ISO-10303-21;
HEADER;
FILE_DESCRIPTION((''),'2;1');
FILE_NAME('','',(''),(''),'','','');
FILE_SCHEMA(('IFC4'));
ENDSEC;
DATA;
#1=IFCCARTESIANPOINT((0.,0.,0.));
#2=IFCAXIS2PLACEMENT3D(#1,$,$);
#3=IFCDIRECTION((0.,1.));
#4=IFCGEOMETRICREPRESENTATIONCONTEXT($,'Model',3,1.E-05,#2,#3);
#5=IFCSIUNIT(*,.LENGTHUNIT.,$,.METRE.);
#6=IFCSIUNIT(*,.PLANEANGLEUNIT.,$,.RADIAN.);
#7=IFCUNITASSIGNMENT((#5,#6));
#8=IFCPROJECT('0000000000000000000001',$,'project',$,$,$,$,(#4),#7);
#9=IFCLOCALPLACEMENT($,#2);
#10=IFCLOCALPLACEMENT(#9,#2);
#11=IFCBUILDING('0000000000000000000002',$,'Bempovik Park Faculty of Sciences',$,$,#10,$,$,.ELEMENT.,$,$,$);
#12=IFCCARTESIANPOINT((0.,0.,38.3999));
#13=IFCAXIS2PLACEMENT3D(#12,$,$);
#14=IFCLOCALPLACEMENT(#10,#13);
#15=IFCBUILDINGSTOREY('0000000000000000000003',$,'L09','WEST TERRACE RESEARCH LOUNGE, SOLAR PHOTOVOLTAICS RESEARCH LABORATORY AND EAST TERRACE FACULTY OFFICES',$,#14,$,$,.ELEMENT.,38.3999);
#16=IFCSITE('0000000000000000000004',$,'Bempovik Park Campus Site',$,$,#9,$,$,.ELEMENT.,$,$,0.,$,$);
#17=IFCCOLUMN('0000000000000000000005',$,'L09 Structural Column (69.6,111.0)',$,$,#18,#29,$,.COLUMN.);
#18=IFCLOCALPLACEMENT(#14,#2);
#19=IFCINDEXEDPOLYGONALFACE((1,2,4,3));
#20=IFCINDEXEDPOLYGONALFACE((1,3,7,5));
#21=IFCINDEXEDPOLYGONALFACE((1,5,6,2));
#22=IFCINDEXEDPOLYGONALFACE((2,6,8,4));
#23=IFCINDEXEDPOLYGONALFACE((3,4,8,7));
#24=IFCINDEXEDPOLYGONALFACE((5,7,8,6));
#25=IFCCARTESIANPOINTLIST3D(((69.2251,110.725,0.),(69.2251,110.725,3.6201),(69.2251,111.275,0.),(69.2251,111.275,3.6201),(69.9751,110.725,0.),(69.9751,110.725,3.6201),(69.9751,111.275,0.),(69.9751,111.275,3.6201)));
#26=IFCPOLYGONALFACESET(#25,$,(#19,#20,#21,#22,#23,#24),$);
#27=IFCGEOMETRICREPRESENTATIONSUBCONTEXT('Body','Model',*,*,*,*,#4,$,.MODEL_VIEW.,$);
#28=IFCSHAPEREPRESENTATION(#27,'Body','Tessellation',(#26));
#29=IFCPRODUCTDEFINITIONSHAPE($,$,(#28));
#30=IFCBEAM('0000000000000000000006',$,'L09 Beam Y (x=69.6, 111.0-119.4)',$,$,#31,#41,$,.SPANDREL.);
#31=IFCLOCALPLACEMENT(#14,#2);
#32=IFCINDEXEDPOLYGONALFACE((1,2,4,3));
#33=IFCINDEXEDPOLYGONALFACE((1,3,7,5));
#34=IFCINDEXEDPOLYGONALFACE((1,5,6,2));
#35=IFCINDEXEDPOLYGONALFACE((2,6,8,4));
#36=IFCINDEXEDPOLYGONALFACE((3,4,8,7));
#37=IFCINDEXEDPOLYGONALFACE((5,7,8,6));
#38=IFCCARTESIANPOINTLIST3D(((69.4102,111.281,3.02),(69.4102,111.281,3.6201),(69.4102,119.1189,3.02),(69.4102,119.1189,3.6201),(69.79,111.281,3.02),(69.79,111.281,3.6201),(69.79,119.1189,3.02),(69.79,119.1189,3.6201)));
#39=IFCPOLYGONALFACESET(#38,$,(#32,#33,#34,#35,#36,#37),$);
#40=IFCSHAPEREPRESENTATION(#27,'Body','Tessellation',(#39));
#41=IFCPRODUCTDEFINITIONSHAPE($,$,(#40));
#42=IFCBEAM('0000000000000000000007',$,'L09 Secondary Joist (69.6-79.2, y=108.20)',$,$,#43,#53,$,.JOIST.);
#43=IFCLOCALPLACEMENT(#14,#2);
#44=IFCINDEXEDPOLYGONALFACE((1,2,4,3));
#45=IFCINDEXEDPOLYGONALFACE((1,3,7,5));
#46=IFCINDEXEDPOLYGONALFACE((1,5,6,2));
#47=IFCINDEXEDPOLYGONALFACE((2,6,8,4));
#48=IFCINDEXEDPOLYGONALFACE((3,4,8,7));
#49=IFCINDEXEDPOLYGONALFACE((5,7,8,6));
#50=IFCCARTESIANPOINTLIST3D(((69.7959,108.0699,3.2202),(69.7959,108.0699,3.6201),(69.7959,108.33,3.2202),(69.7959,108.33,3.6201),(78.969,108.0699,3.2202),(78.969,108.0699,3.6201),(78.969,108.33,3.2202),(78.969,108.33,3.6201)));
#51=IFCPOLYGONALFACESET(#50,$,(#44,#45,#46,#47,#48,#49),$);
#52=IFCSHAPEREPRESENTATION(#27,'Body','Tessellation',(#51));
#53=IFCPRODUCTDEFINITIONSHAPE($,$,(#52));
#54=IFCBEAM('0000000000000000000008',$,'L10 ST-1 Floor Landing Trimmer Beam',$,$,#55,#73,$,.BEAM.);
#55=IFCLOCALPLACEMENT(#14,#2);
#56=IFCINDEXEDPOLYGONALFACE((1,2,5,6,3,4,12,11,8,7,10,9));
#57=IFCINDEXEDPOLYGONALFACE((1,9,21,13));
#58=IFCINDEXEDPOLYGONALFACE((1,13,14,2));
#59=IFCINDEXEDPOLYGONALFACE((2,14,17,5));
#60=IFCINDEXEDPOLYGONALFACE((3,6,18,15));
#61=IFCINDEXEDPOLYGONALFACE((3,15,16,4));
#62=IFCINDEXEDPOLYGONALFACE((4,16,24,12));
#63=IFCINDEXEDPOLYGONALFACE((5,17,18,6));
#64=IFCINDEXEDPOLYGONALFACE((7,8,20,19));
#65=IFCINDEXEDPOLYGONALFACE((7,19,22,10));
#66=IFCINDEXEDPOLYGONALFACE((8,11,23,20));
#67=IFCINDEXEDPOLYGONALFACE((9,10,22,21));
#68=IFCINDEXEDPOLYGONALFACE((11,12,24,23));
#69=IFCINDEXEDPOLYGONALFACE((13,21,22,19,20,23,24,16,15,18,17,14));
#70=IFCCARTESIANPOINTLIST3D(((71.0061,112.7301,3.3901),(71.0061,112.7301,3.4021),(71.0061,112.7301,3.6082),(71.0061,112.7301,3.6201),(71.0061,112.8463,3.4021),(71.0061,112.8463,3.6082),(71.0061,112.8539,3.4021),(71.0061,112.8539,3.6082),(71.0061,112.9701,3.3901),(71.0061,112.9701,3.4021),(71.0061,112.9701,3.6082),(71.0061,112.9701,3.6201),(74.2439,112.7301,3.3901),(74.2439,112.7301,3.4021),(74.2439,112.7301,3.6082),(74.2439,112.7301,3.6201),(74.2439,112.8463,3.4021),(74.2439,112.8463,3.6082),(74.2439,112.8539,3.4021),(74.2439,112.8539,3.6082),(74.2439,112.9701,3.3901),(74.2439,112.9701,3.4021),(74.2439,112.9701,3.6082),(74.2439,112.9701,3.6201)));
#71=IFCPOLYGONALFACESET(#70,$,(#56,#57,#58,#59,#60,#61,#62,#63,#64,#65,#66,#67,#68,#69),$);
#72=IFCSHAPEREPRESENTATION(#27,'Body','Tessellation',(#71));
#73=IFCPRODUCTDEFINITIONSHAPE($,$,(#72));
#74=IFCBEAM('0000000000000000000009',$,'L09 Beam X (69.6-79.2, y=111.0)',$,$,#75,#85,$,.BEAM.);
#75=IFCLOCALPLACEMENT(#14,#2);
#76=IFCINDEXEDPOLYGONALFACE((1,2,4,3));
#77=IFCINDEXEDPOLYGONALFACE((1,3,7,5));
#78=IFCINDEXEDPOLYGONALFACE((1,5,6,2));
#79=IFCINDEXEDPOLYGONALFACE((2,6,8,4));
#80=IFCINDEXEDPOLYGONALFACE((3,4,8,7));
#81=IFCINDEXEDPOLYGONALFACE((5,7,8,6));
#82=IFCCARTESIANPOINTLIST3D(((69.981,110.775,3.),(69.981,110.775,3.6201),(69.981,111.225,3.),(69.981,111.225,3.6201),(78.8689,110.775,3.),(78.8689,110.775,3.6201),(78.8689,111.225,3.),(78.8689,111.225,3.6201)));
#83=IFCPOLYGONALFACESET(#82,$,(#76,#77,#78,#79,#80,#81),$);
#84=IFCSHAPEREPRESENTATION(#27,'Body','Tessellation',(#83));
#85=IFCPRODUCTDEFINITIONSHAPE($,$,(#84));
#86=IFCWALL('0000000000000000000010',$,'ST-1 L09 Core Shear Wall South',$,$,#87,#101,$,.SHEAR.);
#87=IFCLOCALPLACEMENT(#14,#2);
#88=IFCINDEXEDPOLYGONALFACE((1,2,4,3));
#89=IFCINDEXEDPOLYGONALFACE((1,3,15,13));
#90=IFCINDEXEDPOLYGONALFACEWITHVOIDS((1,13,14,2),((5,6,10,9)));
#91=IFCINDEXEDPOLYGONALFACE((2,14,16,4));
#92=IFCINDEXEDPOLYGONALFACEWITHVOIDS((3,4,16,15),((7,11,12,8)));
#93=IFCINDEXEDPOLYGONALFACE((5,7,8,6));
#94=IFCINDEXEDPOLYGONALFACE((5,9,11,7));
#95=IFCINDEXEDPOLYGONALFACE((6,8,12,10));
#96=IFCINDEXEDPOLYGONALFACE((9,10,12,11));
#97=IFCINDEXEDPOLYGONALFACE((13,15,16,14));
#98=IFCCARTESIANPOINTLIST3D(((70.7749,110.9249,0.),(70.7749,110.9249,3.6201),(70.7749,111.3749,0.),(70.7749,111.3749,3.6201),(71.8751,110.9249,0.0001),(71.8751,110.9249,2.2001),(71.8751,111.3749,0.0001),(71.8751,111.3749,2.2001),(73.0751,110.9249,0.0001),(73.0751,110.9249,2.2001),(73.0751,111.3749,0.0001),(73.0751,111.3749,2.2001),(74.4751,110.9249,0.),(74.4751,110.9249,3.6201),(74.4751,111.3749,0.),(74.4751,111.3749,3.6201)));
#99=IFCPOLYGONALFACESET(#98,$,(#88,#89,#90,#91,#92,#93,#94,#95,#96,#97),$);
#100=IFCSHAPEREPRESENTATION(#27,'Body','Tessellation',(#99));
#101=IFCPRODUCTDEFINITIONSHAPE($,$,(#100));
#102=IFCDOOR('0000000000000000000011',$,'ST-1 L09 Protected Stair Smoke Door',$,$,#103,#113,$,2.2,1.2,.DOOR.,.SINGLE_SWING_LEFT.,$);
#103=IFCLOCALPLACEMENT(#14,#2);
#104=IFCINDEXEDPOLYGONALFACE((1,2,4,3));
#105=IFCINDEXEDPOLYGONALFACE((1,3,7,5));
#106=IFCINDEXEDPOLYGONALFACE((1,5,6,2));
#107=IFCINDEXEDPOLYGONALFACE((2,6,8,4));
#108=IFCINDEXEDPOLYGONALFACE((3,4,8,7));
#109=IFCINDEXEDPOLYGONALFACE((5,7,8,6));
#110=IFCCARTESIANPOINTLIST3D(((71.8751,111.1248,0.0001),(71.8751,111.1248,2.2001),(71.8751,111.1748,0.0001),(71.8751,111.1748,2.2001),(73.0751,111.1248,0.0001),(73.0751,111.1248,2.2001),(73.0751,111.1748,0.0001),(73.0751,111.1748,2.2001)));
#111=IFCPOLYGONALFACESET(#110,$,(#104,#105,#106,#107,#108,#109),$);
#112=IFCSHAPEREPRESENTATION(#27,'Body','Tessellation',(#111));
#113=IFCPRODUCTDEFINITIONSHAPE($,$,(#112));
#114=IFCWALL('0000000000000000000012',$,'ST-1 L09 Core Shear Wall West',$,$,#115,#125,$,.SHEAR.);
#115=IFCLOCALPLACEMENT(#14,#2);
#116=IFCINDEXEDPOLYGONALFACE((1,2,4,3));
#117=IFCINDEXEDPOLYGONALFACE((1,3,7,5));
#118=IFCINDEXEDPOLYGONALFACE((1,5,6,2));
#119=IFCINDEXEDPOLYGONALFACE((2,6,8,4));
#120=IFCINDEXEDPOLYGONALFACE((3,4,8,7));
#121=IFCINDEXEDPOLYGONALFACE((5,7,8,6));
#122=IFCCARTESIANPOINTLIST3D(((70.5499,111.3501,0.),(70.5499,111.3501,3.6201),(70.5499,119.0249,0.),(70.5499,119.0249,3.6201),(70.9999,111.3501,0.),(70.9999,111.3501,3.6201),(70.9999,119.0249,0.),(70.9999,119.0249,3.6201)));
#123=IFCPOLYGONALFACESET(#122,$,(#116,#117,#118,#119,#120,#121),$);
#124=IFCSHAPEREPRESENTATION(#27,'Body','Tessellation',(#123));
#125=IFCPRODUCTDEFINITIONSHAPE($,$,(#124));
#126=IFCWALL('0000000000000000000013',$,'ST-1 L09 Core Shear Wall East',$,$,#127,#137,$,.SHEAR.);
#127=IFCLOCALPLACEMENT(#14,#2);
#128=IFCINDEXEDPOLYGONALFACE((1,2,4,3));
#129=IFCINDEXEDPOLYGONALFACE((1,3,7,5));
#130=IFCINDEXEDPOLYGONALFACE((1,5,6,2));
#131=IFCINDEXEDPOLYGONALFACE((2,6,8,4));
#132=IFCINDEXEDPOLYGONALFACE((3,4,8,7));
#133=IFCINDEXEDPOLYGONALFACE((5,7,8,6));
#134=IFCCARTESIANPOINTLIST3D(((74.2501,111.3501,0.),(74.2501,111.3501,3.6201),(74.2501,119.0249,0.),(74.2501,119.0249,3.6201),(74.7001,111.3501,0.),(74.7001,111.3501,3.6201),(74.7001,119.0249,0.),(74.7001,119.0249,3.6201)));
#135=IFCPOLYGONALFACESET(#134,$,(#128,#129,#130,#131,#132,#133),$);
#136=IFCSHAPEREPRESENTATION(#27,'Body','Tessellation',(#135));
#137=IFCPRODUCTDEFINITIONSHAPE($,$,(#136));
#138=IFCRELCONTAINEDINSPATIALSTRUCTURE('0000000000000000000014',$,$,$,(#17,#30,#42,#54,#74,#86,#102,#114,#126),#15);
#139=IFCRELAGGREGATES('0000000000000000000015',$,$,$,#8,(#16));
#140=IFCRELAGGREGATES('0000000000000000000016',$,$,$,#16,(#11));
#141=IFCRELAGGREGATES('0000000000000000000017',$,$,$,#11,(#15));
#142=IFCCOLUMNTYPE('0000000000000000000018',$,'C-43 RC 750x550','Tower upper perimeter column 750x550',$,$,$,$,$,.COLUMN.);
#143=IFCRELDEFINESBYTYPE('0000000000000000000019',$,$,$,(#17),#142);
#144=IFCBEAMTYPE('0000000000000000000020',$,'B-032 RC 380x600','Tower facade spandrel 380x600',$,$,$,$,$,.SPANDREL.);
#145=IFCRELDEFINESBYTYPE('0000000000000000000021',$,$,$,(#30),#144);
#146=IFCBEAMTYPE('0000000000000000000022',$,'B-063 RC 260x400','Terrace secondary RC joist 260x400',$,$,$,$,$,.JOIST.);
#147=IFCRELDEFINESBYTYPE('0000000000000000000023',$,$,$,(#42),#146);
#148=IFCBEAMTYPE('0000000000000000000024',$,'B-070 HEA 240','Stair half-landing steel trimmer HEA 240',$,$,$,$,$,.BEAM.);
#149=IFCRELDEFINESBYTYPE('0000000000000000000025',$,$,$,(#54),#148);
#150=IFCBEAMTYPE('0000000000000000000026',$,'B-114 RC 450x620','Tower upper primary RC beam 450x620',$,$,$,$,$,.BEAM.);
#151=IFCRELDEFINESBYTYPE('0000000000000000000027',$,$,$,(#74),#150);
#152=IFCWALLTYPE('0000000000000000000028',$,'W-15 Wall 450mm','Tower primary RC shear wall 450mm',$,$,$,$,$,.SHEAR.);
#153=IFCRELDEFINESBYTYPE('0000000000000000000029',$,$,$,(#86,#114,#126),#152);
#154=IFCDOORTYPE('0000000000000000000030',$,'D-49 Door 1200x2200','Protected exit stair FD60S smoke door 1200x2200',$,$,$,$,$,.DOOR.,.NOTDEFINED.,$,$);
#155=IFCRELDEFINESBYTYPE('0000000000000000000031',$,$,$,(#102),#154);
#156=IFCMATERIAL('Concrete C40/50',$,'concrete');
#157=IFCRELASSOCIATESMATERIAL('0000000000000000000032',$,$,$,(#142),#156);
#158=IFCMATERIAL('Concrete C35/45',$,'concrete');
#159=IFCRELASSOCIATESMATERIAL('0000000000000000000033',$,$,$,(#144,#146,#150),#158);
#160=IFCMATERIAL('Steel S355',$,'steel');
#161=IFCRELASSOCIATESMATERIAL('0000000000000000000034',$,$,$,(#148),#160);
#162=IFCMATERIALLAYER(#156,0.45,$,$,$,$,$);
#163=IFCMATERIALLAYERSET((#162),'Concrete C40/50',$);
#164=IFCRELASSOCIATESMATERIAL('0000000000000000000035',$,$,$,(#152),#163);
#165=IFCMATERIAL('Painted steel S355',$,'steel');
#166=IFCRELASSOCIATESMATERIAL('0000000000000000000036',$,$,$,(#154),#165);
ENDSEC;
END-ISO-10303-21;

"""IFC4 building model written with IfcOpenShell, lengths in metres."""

from ifc_helpers import new_model, si_unit, direction, frame, frame_2d, origin, origin_2d, place, context, subcontext, project, spatial, rectangle, i_section, extrude, material, layer, layer_set, material_profile, profile_set, type_object, element, fill, save


model = new_model("IFC4")

# Units and contexts
model_context = context("Model", 3, precision=1e-05, world=origin(), true_north=direction((0.0, 1.0)))
body_context = subcontext(model_context, "Body", "Model", "MODEL_VIEW")
ifc_project = project(units=[si_unit("LENGTHUNIT", "METRE"), si_unit("PLANEANGLEUNIT", "RADIAN")], contexts=[model_context])

# Site, building, storey
site_placement = place(None, origin())
site = spatial("IfcSite", under=ifc_project, at=site_placement, Name="Bempovik Park Campus Site", CompositionType="ELEMENT", RefElevation=0.0)
building_placement = place(site_placement, origin())
building = spatial("IfcBuilding", under=site, at=building_placement, Name="Bempovik Park Faculty of Sciences", CompositionType="ELEMENT")
storey_placement = place(building_placement, frame((0.0, 0.0, 38.3999)))
storey = spatial("IfcBuildingStorey", under=building, at=storey_placement, Name="L09", Description="WEST TERRACE RESEARCH LOUNGE, SOLAR PHOTOVOLTAICS RESEARCH LABORATORY AND EAST TERRACE FACULTY OFFICES", CompositionType="ELEMENT", Elevation=38.3999)

# Column
ifc_material_1 = material(Name="Concrete C40/50", Category="concrete")
ifc_material_profile_1 = material_profile(ifc_material_1, rectangle(XDim=0.75, YDim=0.55, at=origin_2d()), Name="RC 750x550")
ifc_profile_set_1 = profile_set([ifc_material_profile_1], Name="Concrete C40/50")
column_type = type_object("IfcColumnType", Name="C-43 RC 750x550", Description="Tower upper perimeter column 750x550", PredefinedType="COLUMN", material=ifc_profile_set_1)
column_placement = place(storey_placement, frame((69.6001, 111.0, 0.0), z_axis=(0.0, 0.0, 1.0), x_axis=(1.0, 0.0, 0.0)))
element("IfcColumn", 1, at=column_placement, inside=storey, type_object=column_type, Name="L09 Structural Column (69.6,111.0)", PredefinedType="COLUMN", context=body_context, shape_type="SweptSolid", body=[
    extrude(rectangle(XDim=0.75, YDim=0.55, at=origin_2d()), origin(), (0.0, 0.0, 1.0), 3.6201),
])

# Beams
ifc_material_2 = material(Name="Concrete C35/45", Category="concrete")
ifc_material_profile_2 = material_profile(ifc_material_2, rectangle(XDim=0.3799, YDim=0.6001, at=origin_2d()), Name="RC 380x600")
ifc_profile_set_2 = profile_set([ifc_material_profile_2], Name="Concrete C35/45")
beam_type_1 = type_object("IfcBeamType", Name="B-032 RC 380x600", Description="Tower facade spandrel 380x600", PredefinedType="SPANDREL", material=ifc_profile_set_2)
beam_1_placement = place(storey_placement, frame((69.6001, 111.281, 3.3201), z_axis=(0.0, 1.0, 0.0), x_axis=(-1.0, 0.0, 0.0)))
element("IfcBeam", 2, at=beam_1_placement, inside=storey, type_object=beam_type_1, Name="L09 Beam Y (x=69.6, 111.0-119.4)", PredefinedType="SPANDREL", context=body_context, shape_type="SweptSolid", body=[
    extrude(rectangle(XDim=0.3799, YDim=0.6001, at=origin_2d()), origin(), (0.0, 0.0, 1.0), 7.8379),
])
ifc_material_profile_3 = material_profile(ifc_material_2, rectangle(XDim=0.26, YDim=0.3999, at=origin_2d()), Name="RC 260x400")
ifc_profile_set_3 = profile_set([ifc_material_profile_3], Name="Concrete C35/45")
beam_type_2 = type_object("IfcBeamType", Name="B-063 RC 260x400", Description="Terrace secondary RC joist 260x400", PredefinedType="JOIST", material=ifc_profile_set_3)
beam_2_placement = place(storey_placement, frame((69.7959, 108.2, 3.4202), z_axis=(1.0, 0.0, 0.0), x_axis=(0.0, 1.0, 0.0)))
element("IfcBeam", 3, at=beam_2_placement, inside=storey, type_object=beam_type_2, Name="L09 Secondary Joist (69.6-79.2, y=108.20)", PredefinedType="JOIST", context=body_context, shape_type="SweptSolid", body=[
    extrude(rectangle(XDim=0.26, YDim=0.3999, at=origin_2d()), origin(), (0.0, 0.0, 1.0), 9.1731),
])
ifc_material_3 = material(Name="Steel S355", Category="steel")
ifc_material_profile_4 = material_profile(ifc_material_3, i_section(OverallWidth=0.24, OverallDepth=0.23, WebThickness=0.0076, FlangeThickness=0.012, at=origin_2d()), Name="HEA 240")
ifc_profile_set_4 = profile_set([ifc_material_profile_4], Name="Steel S355")
beam_type_3 = type_object("IfcBeamType", Name="B-070 HEA 240", Description="Stair half-landing steel trimmer HEA 240", PredefinedType="BEAM", material=ifc_profile_set_4)
beam_3_placement = place(storey_placement, frame((71.0061, 112.8501, 3.5051), z_axis=(1.0, 0.0, 0.0), x_axis=(0.0, 1.0, 0.0)))
element("IfcBeam", 4, at=beam_3_placement, inside=storey, type_object=beam_type_3, Name="L10 ST-1 Floor Landing Trimmer Beam", PredefinedType="BEAM", context=body_context, shape_type="SweptSolid", body=[
    extrude(i_section(OverallWidth=0.24, OverallDepth=0.23, WebThickness=0.0076, FlangeThickness=0.012, at=origin_2d()), origin(), (0.0, 0.0, 1.0), 3.2378),
])
ifc_material_profile_5 = material_profile(ifc_material_2, rectangle(XDim=0.45, YDim=0.6201, at=origin_2d()), Name="RC 450x620")
ifc_profile_set_5 = profile_set([ifc_material_profile_5], Name="Concrete C35/45")
beam_type_4 = type_object("IfcBeamType", Name="B-114 RC 450x620", Description="Tower upper primary RC beam 450x620", PredefinedType="BEAM", material=ifc_profile_set_5)
beam_4_placement = place(storey_placement, frame((69.981, 111.0, 3.3101), z_axis=(1.0, 0.0, 0.0), x_axis=(0.0, 1.0, 0.0)))
element("IfcBeam", 5, at=beam_4_placement, inside=storey, type_object=beam_type_4, Name="L09 Beam X (69.6-79.2, y=111.0)", PredefinedType="BEAM", context=body_context, shape_type="SweptSolid", body=[
    extrude(rectangle(XDim=0.45, YDim=0.6201, at=origin_2d()), origin(), (0.0, 0.0, 1.0), 8.8879),
])

# Wall, opening, door
ifc_layer_1 = layer(ifc_material_1, 0.45)
ifc_layer_set_1 = layer_set([ifc_layer_1], Name="Concrete C40/50")
wall_type_1 = type_object("IfcWallType", Name="W-15 Wall 450mm", Description="Tower primary RC shear wall 450mm", PredefinedType="SHEAR", material=ifc_layer_set_1)
wall_1_placement = place(storey_placement, frame((70.7749, 111.1499, 0.0), z_axis=(0.0, 0.0, 1.0), x_axis=(1.0, 0.0, 0.0)))
wall_1 = element("IfcWall", 6, at=wall_1_placement, inside=storey, type_object=wall_type_1, Name="ST-1 L09 Core Shear Wall South", PredefinedType="SHEAR", context=body_context, shape_type="SweptSolid", body=[
    extrude(rectangle(XDim=3.7002, YDim=0.45, at=frame_2d((1.8501, 0.0))), origin(), (0.0, 0.0, 1.0), 3.6201),
])
opening_1_placement = place(wall_1_placement, frame((1.1001, 0.0, 0.0)))
opening_1 = element("IfcOpeningElement", 7, at=opening_1_placement, cuts=wall_1, PredefinedType="OPENING", context=body_context, shape_type="SweptSolid", body=[
    extrude(rectangle(XDim=1.2, YDim=2.2, at=frame_2d((0.6001, 1.1001))), frame((0.0, 0.2349, 0.0), z_axis=(0.0, -1.0, 0.0), x_axis=(1.0, 0.0, 0.0)), (0.0, 0.0, 1.0), 0.47),
])
ifc_material_4 = material(Name="Painted steel S355", Category="steel")
door_type = type_object("IfcDoorType", Name="D-49 Door 1200x2200", Description="Protected exit stair FD60S smoke door 1200x2200", OperationType="NOTDEFINED", PredefinedType="DOOR", material=ifc_material_4)
door_placement = place(opening_1_placement, origin())
door = element("IfcDoor", 8, at=door_placement, inside=storey, type_object=door_type, Name="ST-1 L09 Protected Stair Smoke Door", OperationType="SINGLE_SWING_LEFT", OverallHeight=2.2, OverallWidth=1.2, PredefinedType="DOOR", context=body_context, shape_type="SweptSolid", body=[
    extrude(rectangle(XDim=1.2, YDim=2.2, at=frame_2d((0.6001, 1.1001))), frame((0.0, 0.0249, 0.0), z_axis=(0.0, -1.0, 0.0), x_axis=(1.0, 0.0, 0.0)), (0.0, 0.0, 1.0), 0.05),
])
fill(opening_1, door)

# Walls
for number, where, z_axis, x_axis, name in (
    (9, (70.7749, 111.3501, 0.0), (0.0, 0.0, 1.0), (0.0, 1.0, 0.0), "ST-1 L09 Core Shear Wall West"),
    (10, (74.4751, 111.3501, 0.0), (0.0, 0.0, 1.0), (0.0, 1.0, 0.0), "ST-1 L09 Core Shear Wall East"),
):
    element("IfcWall", number, at=place(storey_placement, frame(where, z_axis=z_axis, x_axis=x_axis)), inside=storey, type_object=wall_type_1, Name=name, PredefinedType="SHEAR", context=body_context, shape_type="SweptSolid", body=[
        extrude(rectangle(XDim=7.6748, YDim=0.45, at=frame_2d((3.8374, 0.0))), origin(), (0.0, 0.0, 1.0), 3.6201),
    ])

save(model, "model.ifc")
